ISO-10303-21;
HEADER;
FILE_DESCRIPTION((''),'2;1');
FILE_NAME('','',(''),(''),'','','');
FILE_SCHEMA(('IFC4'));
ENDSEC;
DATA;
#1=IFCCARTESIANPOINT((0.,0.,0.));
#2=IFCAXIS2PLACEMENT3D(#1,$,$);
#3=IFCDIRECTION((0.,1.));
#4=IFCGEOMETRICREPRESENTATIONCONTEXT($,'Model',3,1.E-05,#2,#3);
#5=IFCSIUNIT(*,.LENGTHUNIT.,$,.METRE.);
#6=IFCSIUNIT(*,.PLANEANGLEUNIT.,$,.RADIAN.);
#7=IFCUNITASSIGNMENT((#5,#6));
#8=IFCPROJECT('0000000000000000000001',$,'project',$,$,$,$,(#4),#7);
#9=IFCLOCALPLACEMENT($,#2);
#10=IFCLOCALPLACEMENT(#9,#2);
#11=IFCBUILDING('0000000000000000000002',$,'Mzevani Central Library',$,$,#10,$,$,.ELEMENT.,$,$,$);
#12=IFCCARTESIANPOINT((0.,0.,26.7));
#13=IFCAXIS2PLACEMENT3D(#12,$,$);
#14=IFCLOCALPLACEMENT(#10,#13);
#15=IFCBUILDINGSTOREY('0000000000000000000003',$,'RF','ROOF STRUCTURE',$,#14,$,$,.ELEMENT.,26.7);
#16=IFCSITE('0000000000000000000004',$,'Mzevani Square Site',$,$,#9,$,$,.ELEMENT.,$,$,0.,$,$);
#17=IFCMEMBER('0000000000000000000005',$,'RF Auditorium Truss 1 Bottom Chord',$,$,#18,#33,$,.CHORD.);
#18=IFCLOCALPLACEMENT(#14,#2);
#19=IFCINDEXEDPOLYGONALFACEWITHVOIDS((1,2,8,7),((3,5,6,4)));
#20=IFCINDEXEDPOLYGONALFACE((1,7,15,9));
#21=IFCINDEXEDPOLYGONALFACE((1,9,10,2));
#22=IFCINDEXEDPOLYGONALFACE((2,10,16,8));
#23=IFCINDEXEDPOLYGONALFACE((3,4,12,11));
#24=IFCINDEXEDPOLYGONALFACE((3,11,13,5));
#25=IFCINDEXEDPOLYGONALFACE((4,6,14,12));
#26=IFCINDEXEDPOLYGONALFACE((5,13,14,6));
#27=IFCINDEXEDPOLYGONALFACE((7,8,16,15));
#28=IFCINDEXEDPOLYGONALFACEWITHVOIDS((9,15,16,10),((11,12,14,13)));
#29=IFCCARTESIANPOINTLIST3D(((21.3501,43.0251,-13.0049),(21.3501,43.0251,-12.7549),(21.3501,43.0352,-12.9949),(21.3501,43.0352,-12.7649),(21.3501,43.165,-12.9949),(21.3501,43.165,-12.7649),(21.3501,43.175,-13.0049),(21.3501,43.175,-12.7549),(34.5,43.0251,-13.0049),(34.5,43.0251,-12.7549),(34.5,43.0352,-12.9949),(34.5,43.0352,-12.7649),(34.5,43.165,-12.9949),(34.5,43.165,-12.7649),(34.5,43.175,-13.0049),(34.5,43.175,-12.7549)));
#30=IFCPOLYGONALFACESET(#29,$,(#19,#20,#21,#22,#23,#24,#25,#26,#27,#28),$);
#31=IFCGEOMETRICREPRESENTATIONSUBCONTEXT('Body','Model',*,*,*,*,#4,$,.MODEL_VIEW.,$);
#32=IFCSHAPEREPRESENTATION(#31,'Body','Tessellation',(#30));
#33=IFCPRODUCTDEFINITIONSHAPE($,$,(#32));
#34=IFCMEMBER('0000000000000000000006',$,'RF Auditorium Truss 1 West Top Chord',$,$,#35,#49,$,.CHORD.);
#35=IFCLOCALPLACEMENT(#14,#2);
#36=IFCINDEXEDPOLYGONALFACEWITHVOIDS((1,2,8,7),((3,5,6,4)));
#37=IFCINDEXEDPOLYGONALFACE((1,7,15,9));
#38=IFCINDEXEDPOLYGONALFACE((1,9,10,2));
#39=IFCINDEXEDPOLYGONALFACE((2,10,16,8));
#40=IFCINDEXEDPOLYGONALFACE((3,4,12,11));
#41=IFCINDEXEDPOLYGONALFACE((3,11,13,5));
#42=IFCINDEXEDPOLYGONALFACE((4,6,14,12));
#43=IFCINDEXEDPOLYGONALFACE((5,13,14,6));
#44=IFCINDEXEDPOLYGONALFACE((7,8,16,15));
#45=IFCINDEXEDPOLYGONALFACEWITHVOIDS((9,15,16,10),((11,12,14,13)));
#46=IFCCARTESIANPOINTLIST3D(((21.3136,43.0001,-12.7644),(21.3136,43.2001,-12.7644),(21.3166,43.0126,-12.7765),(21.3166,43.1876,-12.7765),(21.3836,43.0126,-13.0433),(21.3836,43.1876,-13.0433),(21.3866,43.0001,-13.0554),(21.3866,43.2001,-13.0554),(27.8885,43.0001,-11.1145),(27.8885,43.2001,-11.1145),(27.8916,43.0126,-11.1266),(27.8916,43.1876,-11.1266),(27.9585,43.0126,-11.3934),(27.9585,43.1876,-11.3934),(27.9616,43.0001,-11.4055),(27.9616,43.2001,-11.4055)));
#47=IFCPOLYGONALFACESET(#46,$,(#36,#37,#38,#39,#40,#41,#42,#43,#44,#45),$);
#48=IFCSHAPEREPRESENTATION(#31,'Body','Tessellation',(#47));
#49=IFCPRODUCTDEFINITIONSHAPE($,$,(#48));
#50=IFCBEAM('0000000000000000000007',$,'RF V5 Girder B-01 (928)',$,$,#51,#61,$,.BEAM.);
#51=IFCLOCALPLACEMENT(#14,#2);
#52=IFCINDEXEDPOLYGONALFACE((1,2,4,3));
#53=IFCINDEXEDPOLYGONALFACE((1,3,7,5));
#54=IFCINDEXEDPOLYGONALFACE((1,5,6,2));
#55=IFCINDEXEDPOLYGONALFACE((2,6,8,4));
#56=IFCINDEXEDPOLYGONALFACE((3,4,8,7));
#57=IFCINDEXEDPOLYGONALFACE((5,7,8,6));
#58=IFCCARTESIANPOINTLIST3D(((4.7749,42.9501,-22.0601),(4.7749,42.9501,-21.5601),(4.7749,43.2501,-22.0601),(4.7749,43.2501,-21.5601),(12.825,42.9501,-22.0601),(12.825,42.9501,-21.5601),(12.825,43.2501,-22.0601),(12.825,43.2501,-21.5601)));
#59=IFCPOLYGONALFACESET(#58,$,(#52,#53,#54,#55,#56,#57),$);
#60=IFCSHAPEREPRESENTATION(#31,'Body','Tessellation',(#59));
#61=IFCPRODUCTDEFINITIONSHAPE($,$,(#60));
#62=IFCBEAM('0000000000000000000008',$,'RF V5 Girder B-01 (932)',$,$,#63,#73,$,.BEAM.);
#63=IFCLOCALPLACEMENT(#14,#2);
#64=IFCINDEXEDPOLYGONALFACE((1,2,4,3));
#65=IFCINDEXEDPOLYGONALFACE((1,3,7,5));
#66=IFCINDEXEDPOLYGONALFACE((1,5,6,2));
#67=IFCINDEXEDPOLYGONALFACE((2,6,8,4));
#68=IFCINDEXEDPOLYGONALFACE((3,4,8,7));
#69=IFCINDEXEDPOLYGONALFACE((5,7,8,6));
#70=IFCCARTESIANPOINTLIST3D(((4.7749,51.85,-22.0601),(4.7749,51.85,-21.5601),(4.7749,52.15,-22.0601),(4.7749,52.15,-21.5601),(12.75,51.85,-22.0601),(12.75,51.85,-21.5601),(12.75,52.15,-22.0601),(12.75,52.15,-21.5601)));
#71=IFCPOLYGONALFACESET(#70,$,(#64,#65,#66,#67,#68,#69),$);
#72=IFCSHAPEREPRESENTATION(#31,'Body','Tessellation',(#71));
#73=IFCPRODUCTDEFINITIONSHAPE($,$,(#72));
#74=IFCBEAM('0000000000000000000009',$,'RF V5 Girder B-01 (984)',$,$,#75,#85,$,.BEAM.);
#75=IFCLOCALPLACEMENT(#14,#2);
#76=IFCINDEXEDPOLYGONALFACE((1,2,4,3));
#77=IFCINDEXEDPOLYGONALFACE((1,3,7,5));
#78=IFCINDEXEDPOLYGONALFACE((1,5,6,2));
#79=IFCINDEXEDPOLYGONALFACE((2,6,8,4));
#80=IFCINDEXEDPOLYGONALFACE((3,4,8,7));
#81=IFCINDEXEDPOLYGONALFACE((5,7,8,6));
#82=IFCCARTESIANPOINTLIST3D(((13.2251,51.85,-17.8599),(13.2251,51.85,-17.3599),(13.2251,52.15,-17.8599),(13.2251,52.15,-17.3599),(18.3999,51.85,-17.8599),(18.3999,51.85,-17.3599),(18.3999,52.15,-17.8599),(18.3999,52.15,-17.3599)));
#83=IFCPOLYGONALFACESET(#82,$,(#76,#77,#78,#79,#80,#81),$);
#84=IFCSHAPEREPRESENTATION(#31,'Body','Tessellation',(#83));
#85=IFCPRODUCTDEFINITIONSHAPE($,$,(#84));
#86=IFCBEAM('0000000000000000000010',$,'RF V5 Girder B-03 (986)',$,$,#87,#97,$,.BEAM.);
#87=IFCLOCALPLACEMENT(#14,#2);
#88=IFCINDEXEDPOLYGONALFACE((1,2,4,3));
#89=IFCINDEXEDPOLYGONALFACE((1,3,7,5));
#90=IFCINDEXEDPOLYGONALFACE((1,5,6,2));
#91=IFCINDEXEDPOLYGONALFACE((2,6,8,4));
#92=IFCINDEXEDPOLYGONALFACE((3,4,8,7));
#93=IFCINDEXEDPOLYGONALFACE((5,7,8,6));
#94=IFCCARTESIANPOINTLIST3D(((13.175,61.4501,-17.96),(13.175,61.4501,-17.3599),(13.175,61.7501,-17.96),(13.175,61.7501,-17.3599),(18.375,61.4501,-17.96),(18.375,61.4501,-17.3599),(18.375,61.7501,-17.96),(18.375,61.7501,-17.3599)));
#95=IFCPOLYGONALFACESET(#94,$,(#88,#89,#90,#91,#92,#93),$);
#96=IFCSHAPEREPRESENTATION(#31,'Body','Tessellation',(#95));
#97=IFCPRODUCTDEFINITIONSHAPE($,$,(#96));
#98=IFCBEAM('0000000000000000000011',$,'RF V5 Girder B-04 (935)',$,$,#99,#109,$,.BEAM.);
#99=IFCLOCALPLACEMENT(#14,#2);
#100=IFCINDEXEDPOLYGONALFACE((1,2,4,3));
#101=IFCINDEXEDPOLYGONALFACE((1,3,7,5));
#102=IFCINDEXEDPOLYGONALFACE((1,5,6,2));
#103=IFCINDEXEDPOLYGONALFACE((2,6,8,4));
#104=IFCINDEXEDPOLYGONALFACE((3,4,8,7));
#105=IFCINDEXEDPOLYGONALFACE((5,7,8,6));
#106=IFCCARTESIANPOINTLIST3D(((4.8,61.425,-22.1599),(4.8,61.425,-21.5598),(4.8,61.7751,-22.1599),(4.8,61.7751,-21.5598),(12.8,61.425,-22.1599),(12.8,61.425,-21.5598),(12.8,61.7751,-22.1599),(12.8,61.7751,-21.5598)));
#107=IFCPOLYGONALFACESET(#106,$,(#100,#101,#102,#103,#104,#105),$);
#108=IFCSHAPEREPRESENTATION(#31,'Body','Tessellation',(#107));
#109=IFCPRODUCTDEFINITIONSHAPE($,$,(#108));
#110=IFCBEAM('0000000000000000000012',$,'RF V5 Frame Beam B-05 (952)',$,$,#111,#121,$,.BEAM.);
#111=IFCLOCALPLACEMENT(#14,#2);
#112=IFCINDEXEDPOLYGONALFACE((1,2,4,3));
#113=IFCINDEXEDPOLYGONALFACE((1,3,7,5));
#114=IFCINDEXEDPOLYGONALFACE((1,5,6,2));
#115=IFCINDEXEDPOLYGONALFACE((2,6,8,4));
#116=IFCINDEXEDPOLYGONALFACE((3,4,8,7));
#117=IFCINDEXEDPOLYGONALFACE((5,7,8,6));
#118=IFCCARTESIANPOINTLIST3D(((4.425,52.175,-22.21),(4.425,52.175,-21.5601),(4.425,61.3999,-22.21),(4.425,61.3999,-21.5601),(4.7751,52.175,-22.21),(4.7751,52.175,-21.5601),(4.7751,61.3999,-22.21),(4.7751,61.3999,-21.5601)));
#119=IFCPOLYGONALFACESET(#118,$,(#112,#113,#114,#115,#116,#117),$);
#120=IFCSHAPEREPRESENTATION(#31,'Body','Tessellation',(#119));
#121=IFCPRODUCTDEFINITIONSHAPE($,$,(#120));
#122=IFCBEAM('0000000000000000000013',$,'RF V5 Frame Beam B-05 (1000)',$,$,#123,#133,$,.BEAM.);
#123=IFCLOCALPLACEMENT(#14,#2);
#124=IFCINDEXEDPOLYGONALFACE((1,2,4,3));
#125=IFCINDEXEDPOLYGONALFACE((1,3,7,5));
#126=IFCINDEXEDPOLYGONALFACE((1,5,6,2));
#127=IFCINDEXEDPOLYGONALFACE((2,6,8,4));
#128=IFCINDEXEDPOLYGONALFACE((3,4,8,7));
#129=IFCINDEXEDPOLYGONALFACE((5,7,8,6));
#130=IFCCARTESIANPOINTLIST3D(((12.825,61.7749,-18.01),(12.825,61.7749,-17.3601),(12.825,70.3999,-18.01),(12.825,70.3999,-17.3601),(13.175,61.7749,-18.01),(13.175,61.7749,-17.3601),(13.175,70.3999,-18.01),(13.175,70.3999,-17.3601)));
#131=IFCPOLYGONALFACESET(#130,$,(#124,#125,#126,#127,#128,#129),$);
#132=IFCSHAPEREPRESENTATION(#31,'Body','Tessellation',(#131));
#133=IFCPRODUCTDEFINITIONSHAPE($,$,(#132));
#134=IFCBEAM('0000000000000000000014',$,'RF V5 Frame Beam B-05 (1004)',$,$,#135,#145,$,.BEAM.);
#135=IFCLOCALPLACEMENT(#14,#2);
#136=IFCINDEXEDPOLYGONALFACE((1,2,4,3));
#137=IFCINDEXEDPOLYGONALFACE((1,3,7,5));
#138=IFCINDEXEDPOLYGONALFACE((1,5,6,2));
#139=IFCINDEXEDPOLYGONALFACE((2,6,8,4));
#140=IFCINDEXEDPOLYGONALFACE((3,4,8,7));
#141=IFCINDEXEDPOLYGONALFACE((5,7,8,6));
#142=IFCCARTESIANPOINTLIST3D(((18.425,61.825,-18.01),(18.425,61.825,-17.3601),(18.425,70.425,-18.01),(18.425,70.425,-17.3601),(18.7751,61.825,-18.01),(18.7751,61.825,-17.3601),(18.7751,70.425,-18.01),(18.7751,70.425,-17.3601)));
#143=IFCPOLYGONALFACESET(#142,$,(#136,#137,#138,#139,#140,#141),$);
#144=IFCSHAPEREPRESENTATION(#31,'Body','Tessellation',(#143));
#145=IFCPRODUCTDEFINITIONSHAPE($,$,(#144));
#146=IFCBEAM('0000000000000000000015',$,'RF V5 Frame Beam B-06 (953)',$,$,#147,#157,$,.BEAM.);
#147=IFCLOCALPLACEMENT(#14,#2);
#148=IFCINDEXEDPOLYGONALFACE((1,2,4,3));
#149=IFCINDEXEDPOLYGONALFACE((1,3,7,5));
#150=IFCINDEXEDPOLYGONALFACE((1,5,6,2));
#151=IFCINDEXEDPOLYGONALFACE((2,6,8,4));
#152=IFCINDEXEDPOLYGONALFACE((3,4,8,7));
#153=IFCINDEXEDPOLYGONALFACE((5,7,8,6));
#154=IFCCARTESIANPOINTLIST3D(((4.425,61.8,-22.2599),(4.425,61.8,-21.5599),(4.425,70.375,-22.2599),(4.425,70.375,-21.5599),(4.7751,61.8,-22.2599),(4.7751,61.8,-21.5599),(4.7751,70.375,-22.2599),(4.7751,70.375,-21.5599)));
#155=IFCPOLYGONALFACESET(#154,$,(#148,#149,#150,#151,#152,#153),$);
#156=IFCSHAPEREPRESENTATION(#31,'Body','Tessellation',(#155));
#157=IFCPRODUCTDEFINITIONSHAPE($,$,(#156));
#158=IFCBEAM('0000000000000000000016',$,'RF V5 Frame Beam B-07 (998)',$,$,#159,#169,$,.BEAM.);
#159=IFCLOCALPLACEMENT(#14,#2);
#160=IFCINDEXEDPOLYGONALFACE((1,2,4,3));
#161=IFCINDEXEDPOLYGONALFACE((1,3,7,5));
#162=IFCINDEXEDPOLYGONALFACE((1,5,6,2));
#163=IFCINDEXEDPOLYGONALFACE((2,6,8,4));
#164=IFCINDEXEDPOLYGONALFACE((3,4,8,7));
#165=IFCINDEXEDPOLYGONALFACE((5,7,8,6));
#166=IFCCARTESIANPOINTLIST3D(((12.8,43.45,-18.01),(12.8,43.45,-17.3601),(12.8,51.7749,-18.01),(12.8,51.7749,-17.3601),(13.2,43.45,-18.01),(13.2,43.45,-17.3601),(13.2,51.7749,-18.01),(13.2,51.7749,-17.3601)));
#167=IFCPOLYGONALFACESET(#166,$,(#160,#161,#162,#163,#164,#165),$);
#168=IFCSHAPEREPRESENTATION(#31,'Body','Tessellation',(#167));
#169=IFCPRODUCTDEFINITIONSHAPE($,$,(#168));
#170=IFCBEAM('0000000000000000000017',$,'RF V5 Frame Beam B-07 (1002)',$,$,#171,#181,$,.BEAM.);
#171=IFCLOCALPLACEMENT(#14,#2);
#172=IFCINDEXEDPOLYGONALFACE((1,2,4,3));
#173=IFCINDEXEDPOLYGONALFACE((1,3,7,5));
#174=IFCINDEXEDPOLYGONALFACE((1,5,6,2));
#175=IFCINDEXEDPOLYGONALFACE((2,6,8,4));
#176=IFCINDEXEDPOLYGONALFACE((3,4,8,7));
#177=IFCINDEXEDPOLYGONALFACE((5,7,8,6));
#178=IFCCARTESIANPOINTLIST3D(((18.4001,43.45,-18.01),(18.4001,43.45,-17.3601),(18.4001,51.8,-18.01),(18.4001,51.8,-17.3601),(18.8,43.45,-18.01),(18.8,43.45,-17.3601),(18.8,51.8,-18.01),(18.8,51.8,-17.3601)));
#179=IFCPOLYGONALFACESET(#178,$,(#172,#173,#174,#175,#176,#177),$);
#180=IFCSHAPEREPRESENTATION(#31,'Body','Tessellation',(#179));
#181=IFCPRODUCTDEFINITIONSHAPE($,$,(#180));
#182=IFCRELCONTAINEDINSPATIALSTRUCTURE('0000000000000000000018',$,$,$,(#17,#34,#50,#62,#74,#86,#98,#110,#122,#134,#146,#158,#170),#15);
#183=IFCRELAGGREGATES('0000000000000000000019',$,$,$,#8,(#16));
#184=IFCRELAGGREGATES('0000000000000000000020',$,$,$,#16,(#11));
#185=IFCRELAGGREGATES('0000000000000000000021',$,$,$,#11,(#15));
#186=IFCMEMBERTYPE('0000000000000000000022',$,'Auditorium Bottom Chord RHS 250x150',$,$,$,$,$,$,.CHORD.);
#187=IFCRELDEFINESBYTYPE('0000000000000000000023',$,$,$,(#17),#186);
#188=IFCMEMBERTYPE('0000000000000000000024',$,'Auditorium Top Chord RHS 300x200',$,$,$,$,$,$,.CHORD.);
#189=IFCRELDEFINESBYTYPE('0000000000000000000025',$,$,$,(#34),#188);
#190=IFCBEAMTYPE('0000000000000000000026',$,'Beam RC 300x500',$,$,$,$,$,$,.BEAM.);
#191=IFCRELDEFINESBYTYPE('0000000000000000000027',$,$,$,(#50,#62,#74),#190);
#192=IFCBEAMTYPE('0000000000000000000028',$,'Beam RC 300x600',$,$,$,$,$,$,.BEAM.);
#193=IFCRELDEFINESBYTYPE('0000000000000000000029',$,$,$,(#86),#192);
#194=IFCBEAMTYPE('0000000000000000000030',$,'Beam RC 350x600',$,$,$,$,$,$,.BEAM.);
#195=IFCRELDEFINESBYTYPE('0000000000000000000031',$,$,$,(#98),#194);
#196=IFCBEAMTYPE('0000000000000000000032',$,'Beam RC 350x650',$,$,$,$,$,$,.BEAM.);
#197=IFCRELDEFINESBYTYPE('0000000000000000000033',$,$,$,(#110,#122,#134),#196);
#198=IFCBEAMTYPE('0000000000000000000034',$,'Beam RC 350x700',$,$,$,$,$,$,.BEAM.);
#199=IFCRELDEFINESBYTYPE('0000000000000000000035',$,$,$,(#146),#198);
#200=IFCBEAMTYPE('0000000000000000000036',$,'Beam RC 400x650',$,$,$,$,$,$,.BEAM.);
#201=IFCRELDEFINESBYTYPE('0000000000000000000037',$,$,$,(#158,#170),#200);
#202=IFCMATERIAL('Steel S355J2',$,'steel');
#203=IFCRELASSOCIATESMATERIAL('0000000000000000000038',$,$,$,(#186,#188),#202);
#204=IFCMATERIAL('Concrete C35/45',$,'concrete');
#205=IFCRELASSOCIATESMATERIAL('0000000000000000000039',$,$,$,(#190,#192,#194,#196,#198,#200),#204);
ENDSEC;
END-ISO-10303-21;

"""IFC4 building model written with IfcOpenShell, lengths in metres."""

from ifc_helpers import new_model, si_unit, direction, frame, origin, origin_2d, place, context, subcontext, project, spatial, rectangle, hollow_rectangle, extrude, material, material_profile, profile_set, type_object, element, save


model = new_model("IFC4")

# Units and contexts
model_context = context("Model", 3, precision=1e-05, world=origin(), true_north=direction((0.0, 1.0)))
body_context = subcontext(model_context, "Body", "Model", "MODEL_VIEW")
ifc_project = project(units=[si_unit("LENGTHUNIT", "METRE"), si_unit("PLANEANGLEUNIT", "RADIAN")], contexts=[model_context])

# Site, building, storey
site_placement = place(None, origin())
site = spatial("IfcSite", under=ifc_project, at=site_placement, Name="Mzevani Square Site", CompositionType="ELEMENT", RefElevation=0.0)
building_placement = place(site_placement, origin())
building = spatial("IfcBuilding", under=site, at=building_placement, Name="Mzevani Central Library", CompositionType="ELEMENT")
storey_placement = place(building_placement, frame((0.0, 0.0, 26.7)))
storey = spatial("IfcBuildingStorey", under=building, at=storey_placement, Name="RF", Description="ROOF STRUCTURE", CompositionType="ELEMENT", Elevation=26.7)

# Members
ifc_material_1 = material(Name="Steel S355J2", Category="steel")
ifc_material_profile_1 = material_profile(ifc_material_1, hollow_rectangle(XDim=0.1499, YDim=0.25, WallThickness=0.01, at=origin_2d()), Name="RHS 250x150x10.0")
ifc_profile_set_1 = profile_set([ifc_material_profile_1], Name="Steel S355J2")
member_type_1 = type_object("IfcMemberType", Name="Auditorium Bottom Chord RHS 250x150", PredefinedType="CHORD", material=ifc_profile_set_1)
member_1_placement = place(storey_placement, frame((21.3501, 43.1001, -12.8799), z_axis=(1.0, 0.0, 0.0), x_axis=(0.0, 1.0, 0.0)))
element("IfcMember", 1, at=member_1_placement, inside=storey, type_object=member_type_1, Name="RF Auditorium Truss 1 Bottom Chord", PredefinedType="CHORD", context=body_context, shape_type="SweptSolid", body=[
    extrude(hollow_rectangle(XDim=0.1499, YDim=0.25, WallThickness=0.01, at=origin_2d()), origin(), (0.0, 0.0, 1.0), 13.1499),
])
ifc_material_profile_2 = material_profile(ifc_material_1, hollow_rectangle(XDim=0.2, YDim=0.3, WallThickness=0.0125, at=origin_2d()), Name="RHS 300x200x12.5")
ifc_profile_set_2 = profile_set([ifc_material_profile_2], Name="Steel S355J2")
member_type_2 = type_object("IfcMemberType", Name="Auditorium Top Chord RHS 300x200", PredefinedType="CHORD", material=ifc_profile_set_2)
member_2_placement = place(storey_placement, frame((21.3501, 43.1001, -12.9099), z_axis=(0.969928, 0.0, 0.243391), x_axis=(0.0, 1.0, 0.0)))
element("IfcMember", 2, at=member_2_placement, inside=storey, type_object=member_type_2, Name="RF Auditorium Truss 1 West Top Chord", PredefinedType="CHORD", context=body_context, shape_type="SweptSolid", body=[
    extrude(hollow_rectangle(XDim=0.2, YDim=0.3, WallThickness=0.0125, at=origin_2d()), origin(), (0.0, 0.0, 1.0), 6.7788),
])

# Beams
ifc_material_2 = material(Name="Concrete C35/45", Category="concrete")
ifc_material_profile_3 = material_profile(ifc_material_2, rectangle(XDim=0.3, YDim=0.5, at=origin_2d()), Name="RC B300x500")
ifc_profile_set_3 = profile_set([ifc_material_profile_3], Name="Concrete C35/45")
beam_type_1 = type_object("IfcBeamType", Name="Beam RC 300x500", PredefinedType="BEAM", material=ifc_profile_set_3)
beam_1_placement = place(storey_placement, frame((4.7749, 43.1001, -21.8101), z_axis=(1.0, 0.0, 0.0), x_axis=(0.0, 1.0, 0.0)))
element("IfcBeam", 3, at=beam_1_placement, inside=storey, type_object=beam_type_1, Name="RF V5 Girder B-01 (928)", PredefinedType="BEAM", context=body_context, shape_type="SweptSolid", body=[
    extrude(rectangle(XDim=0.3, YDim=0.5, at=origin_2d()), origin(), (0.0, 0.0, 1.0), 8.05),
])
beam_2_placement = place(storey_placement, frame((4.7749, 52.0, -21.8101), z_axis=(1.0, 0.0, 0.0), x_axis=(0.0, 1.0, 0.0)))
element("IfcBeam", 4, at=beam_2_placement, inside=storey, type_object=beam_type_1, Name="RF V5 Girder B-01 (932)", PredefinedType="BEAM", context=body_context, shape_type="SweptSolid", body=[
    extrude(rectangle(XDim=0.3, YDim=0.5, at=origin_2d()), origin(), (0.0, 0.0, 1.0), 7.9751),
])
beam_3_placement = place(storey_placement, frame((13.2251, 52.0, -17.6099), z_axis=(1.0, 0.0, 0.0), x_axis=(0.0, 1.0, 0.0)))
element("IfcBeam", 5, at=beam_3_placement, inside=storey, type_object=beam_type_1, Name="RF V5 Girder B-01 (984)", PredefinedType="BEAM", context=body_context, shape_type="SweptSolid", body=[
    extrude(rectangle(XDim=0.3, YDim=0.5, at=origin_2d()), origin(), (0.0, 0.0, 1.0), 5.1748),
])
ifc_material_profile_4 = material_profile(ifc_material_2, rectangle(XDim=0.3, YDim=0.6001, at=origin_2d()), Name="RC B300x600")
ifc_profile_set_4 = profile_set([ifc_material_profile_4], Name="Concrete C35/45")
beam_type_2 = type_object("IfcBeamType", Name="Beam RC 300x600", PredefinedType="BEAM", material=ifc_profile_set_4)
beam_4_placement = place(storey_placement, frame((13.175, 61.6001, -17.6599), z_axis=(1.0, 0.0, 0.0), x_axis=(0.0, 1.0, 0.0)))
element("IfcBeam", 6, at=beam_4_placement, inside=storey, type_object=beam_type_2, Name="RF V5 Girder B-03 (986)", PredefinedType="BEAM", context=body_context, shape_type="SweptSolid", body=[
    extrude(rectangle(XDim=0.3, YDim=0.6001, at=origin_2d()), origin(), (0.0, 0.0, 1.0), 5.2),
])
ifc_material_profile_5 = material_profile(ifc_material_2, rectangle(XDim=0.3501, YDim=0.6001, at=origin_2d()), Name="RC B350x600")
ifc_profile_set_5 = profile_set([ifc_material_profile_5], Name="Concrete C35/45")
beam_type_3 = type_object("IfcBeamType", Name="Beam RC 350x600", PredefinedType="BEAM", material=ifc_profile_set_5)
beam_5_placement = place(storey_placement, frame((4.8, 61.6001, -21.8599), z_axis=(1.0, 0.0, 0.0), x_axis=(0.0, 1.0, 0.0)))
element("IfcBeam", 7, at=beam_5_placement, inside=storey, type_object=beam_type_3, Name="RF V5 Girder B-04 (935)", PredefinedType="BEAM", context=body_context, shape_type="SweptSolid", body=[
    extrude(rectangle(XDim=0.3501, YDim=0.6001, at=origin_2d()), origin(), (0.0, 0.0, 1.0), 8.0),
])
ifc_material_profile_6 = material_profile(ifc_material_2, rectangle(XDim=0.3501, YDim=0.6499, at=origin_2d()), Name="RC B350x650")
ifc_profile_set_6 = profile_set([ifc_material_profile_6], Name="Concrete C35/45")
beam_type_4 = type_object("IfcBeamType", Name="Beam RC 350x650", PredefinedType="BEAM", material=ifc_profile_set_6)
beam_6_placement = place(storey_placement, frame((4.6001, 52.175, -21.885), z_axis=(0.0, 1.0, 0.0), x_axis=(-1.0, 0.0, 0.0)))
element("IfcBeam", 8, at=beam_6_placement, inside=storey, type_object=beam_type_4, Name="RF V5 Frame Beam B-05 (952)", PredefinedType="BEAM", context=body_context, shape_type="SweptSolid", body=[
    extrude(rectangle(XDim=0.3501, YDim=0.6499, at=origin_2d()), origin(), (0.0, 0.0, 1.0), 9.2249),
])
beam_7_placement = place(storey_placement, frame((13.0, 61.7749, -17.6851), z_axis=(0.0, 1.0, 0.0), x_axis=(-1.0, 0.0, 0.0)))
element("IfcBeam", 9, at=beam_7_placement, inside=storey, type_object=beam_type_4, Name="RF V5 Frame Beam B-05 (1000)", PredefinedType="BEAM", context=body_context, shape_type="SweptSolid", body=[
    extrude(rectangle(XDim=0.3501, YDim=0.6499, at=origin_2d()), origin(), (0.0, 0.0, 1.0), 8.625),
])
beam_8_placement = place(storey_placement, frame((18.6001, 61.825, -17.6851), z_axis=(0.0, 1.0, 0.0), x_axis=(-1.0, 0.0, 0.0)))
element("IfcBeam", 10, at=beam_8_placement, inside=storey, type_object=beam_type_4, Name="RF V5 Frame Beam B-05 (1004)", PredefinedType="BEAM", context=body_context, shape_type="SweptSolid", body=[
    extrude(rectangle(XDim=0.3501, YDim=0.6499, at=origin_2d()), origin(), (0.0, 0.0, 1.0), 8.6001),
])
ifc_material_profile_7 = material_profile(ifc_material_2, rectangle(XDim=0.3501, YDim=0.7, at=origin_2d()), Name="RC B350x700")
ifc_profile_set_7 = profile_set([ifc_material_profile_7], Name="Concrete C35/45")
beam_type_5 = type_object("IfcBeamType", Name="Beam RC 350x700", PredefinedType="BEAM", material=ifc_profile_set_7)
beam_9_placement = place(storey_placement, frame((4.6001, 61.8, -21.9099), z_axis=(0.0, 1.0, 0.0), x_axis=(-1.0, 0.0, 0.0)))
element("IfcBeam", 11, at=beam_9_placement, inside=storey, type_object=beam_type_5, Name="RF V5 Frame Beam B-06 (953)", PredefinedType="BEAM", context=body_context, shape_type="SweptSolid", body=[
    extrude(rectangle(XDim=0.3501, YDim=0.7, at=origin_2d()), origin(), (0.0, 0.0, 1.0), 8.575),
])
ifc_material_profile_8 = material_profile(ifc_material_2, rectangle(XDim=0.3999, YDim=0.6499, at=origin_2d()), Name="RC B400x650")
ifc_profile_set_8 = profile_set([ifc_material_profile_8], Name="Concrete C35/45")
beam_type_6 = type_object("IfcBeamType", Name="Beam RC 400x650", PredefinedType="BEAM", material=ifc_profile_set_8)
beam_10_placement = place(storey_placement, frame((13.0, 43.45, -17.6851), z_axis=(0.0, 1.0, 0.0), x_axis=(-1.0, 0.0, 0.0)))
element("IfcBeam", 12, at=beam_10_placement, inside=storey, type_object=beam_type_6, Name="RF V5 Frame Beam B-07 (998)", PredefinedType="BEAM", context=body_context, shape_type="SweptSolid", body=[
    extrude(rectangle(XDim=0.3999, YDim=0.6499, at=origin_2d()), origin(), (0.0, 0.0, 1.0), 8.325),
])
beam_11_placement = place(storey_placement, frame((18.6001, 43.45, -17.6851), z_axis=(0.0, 1.0, 0.0), x_axis=(-1.0, 0.0, 0.0)))
element("IfcBeam", 13, at=beam_11_placement, inside=storey, type_object=beam_type_6, Name="RF V5 Frame Beam B-07 (1002)", PredefinedType="BEAM", context=body_context, shape_type="SweptSolid", body=[
    extrude(rectangle(XDim=0.3999, YDim=0.6499, at=origin_2d()), origin(), (0.0, 0.0, 1.0), 8.3501),
])

save(model, "model.ifc")
